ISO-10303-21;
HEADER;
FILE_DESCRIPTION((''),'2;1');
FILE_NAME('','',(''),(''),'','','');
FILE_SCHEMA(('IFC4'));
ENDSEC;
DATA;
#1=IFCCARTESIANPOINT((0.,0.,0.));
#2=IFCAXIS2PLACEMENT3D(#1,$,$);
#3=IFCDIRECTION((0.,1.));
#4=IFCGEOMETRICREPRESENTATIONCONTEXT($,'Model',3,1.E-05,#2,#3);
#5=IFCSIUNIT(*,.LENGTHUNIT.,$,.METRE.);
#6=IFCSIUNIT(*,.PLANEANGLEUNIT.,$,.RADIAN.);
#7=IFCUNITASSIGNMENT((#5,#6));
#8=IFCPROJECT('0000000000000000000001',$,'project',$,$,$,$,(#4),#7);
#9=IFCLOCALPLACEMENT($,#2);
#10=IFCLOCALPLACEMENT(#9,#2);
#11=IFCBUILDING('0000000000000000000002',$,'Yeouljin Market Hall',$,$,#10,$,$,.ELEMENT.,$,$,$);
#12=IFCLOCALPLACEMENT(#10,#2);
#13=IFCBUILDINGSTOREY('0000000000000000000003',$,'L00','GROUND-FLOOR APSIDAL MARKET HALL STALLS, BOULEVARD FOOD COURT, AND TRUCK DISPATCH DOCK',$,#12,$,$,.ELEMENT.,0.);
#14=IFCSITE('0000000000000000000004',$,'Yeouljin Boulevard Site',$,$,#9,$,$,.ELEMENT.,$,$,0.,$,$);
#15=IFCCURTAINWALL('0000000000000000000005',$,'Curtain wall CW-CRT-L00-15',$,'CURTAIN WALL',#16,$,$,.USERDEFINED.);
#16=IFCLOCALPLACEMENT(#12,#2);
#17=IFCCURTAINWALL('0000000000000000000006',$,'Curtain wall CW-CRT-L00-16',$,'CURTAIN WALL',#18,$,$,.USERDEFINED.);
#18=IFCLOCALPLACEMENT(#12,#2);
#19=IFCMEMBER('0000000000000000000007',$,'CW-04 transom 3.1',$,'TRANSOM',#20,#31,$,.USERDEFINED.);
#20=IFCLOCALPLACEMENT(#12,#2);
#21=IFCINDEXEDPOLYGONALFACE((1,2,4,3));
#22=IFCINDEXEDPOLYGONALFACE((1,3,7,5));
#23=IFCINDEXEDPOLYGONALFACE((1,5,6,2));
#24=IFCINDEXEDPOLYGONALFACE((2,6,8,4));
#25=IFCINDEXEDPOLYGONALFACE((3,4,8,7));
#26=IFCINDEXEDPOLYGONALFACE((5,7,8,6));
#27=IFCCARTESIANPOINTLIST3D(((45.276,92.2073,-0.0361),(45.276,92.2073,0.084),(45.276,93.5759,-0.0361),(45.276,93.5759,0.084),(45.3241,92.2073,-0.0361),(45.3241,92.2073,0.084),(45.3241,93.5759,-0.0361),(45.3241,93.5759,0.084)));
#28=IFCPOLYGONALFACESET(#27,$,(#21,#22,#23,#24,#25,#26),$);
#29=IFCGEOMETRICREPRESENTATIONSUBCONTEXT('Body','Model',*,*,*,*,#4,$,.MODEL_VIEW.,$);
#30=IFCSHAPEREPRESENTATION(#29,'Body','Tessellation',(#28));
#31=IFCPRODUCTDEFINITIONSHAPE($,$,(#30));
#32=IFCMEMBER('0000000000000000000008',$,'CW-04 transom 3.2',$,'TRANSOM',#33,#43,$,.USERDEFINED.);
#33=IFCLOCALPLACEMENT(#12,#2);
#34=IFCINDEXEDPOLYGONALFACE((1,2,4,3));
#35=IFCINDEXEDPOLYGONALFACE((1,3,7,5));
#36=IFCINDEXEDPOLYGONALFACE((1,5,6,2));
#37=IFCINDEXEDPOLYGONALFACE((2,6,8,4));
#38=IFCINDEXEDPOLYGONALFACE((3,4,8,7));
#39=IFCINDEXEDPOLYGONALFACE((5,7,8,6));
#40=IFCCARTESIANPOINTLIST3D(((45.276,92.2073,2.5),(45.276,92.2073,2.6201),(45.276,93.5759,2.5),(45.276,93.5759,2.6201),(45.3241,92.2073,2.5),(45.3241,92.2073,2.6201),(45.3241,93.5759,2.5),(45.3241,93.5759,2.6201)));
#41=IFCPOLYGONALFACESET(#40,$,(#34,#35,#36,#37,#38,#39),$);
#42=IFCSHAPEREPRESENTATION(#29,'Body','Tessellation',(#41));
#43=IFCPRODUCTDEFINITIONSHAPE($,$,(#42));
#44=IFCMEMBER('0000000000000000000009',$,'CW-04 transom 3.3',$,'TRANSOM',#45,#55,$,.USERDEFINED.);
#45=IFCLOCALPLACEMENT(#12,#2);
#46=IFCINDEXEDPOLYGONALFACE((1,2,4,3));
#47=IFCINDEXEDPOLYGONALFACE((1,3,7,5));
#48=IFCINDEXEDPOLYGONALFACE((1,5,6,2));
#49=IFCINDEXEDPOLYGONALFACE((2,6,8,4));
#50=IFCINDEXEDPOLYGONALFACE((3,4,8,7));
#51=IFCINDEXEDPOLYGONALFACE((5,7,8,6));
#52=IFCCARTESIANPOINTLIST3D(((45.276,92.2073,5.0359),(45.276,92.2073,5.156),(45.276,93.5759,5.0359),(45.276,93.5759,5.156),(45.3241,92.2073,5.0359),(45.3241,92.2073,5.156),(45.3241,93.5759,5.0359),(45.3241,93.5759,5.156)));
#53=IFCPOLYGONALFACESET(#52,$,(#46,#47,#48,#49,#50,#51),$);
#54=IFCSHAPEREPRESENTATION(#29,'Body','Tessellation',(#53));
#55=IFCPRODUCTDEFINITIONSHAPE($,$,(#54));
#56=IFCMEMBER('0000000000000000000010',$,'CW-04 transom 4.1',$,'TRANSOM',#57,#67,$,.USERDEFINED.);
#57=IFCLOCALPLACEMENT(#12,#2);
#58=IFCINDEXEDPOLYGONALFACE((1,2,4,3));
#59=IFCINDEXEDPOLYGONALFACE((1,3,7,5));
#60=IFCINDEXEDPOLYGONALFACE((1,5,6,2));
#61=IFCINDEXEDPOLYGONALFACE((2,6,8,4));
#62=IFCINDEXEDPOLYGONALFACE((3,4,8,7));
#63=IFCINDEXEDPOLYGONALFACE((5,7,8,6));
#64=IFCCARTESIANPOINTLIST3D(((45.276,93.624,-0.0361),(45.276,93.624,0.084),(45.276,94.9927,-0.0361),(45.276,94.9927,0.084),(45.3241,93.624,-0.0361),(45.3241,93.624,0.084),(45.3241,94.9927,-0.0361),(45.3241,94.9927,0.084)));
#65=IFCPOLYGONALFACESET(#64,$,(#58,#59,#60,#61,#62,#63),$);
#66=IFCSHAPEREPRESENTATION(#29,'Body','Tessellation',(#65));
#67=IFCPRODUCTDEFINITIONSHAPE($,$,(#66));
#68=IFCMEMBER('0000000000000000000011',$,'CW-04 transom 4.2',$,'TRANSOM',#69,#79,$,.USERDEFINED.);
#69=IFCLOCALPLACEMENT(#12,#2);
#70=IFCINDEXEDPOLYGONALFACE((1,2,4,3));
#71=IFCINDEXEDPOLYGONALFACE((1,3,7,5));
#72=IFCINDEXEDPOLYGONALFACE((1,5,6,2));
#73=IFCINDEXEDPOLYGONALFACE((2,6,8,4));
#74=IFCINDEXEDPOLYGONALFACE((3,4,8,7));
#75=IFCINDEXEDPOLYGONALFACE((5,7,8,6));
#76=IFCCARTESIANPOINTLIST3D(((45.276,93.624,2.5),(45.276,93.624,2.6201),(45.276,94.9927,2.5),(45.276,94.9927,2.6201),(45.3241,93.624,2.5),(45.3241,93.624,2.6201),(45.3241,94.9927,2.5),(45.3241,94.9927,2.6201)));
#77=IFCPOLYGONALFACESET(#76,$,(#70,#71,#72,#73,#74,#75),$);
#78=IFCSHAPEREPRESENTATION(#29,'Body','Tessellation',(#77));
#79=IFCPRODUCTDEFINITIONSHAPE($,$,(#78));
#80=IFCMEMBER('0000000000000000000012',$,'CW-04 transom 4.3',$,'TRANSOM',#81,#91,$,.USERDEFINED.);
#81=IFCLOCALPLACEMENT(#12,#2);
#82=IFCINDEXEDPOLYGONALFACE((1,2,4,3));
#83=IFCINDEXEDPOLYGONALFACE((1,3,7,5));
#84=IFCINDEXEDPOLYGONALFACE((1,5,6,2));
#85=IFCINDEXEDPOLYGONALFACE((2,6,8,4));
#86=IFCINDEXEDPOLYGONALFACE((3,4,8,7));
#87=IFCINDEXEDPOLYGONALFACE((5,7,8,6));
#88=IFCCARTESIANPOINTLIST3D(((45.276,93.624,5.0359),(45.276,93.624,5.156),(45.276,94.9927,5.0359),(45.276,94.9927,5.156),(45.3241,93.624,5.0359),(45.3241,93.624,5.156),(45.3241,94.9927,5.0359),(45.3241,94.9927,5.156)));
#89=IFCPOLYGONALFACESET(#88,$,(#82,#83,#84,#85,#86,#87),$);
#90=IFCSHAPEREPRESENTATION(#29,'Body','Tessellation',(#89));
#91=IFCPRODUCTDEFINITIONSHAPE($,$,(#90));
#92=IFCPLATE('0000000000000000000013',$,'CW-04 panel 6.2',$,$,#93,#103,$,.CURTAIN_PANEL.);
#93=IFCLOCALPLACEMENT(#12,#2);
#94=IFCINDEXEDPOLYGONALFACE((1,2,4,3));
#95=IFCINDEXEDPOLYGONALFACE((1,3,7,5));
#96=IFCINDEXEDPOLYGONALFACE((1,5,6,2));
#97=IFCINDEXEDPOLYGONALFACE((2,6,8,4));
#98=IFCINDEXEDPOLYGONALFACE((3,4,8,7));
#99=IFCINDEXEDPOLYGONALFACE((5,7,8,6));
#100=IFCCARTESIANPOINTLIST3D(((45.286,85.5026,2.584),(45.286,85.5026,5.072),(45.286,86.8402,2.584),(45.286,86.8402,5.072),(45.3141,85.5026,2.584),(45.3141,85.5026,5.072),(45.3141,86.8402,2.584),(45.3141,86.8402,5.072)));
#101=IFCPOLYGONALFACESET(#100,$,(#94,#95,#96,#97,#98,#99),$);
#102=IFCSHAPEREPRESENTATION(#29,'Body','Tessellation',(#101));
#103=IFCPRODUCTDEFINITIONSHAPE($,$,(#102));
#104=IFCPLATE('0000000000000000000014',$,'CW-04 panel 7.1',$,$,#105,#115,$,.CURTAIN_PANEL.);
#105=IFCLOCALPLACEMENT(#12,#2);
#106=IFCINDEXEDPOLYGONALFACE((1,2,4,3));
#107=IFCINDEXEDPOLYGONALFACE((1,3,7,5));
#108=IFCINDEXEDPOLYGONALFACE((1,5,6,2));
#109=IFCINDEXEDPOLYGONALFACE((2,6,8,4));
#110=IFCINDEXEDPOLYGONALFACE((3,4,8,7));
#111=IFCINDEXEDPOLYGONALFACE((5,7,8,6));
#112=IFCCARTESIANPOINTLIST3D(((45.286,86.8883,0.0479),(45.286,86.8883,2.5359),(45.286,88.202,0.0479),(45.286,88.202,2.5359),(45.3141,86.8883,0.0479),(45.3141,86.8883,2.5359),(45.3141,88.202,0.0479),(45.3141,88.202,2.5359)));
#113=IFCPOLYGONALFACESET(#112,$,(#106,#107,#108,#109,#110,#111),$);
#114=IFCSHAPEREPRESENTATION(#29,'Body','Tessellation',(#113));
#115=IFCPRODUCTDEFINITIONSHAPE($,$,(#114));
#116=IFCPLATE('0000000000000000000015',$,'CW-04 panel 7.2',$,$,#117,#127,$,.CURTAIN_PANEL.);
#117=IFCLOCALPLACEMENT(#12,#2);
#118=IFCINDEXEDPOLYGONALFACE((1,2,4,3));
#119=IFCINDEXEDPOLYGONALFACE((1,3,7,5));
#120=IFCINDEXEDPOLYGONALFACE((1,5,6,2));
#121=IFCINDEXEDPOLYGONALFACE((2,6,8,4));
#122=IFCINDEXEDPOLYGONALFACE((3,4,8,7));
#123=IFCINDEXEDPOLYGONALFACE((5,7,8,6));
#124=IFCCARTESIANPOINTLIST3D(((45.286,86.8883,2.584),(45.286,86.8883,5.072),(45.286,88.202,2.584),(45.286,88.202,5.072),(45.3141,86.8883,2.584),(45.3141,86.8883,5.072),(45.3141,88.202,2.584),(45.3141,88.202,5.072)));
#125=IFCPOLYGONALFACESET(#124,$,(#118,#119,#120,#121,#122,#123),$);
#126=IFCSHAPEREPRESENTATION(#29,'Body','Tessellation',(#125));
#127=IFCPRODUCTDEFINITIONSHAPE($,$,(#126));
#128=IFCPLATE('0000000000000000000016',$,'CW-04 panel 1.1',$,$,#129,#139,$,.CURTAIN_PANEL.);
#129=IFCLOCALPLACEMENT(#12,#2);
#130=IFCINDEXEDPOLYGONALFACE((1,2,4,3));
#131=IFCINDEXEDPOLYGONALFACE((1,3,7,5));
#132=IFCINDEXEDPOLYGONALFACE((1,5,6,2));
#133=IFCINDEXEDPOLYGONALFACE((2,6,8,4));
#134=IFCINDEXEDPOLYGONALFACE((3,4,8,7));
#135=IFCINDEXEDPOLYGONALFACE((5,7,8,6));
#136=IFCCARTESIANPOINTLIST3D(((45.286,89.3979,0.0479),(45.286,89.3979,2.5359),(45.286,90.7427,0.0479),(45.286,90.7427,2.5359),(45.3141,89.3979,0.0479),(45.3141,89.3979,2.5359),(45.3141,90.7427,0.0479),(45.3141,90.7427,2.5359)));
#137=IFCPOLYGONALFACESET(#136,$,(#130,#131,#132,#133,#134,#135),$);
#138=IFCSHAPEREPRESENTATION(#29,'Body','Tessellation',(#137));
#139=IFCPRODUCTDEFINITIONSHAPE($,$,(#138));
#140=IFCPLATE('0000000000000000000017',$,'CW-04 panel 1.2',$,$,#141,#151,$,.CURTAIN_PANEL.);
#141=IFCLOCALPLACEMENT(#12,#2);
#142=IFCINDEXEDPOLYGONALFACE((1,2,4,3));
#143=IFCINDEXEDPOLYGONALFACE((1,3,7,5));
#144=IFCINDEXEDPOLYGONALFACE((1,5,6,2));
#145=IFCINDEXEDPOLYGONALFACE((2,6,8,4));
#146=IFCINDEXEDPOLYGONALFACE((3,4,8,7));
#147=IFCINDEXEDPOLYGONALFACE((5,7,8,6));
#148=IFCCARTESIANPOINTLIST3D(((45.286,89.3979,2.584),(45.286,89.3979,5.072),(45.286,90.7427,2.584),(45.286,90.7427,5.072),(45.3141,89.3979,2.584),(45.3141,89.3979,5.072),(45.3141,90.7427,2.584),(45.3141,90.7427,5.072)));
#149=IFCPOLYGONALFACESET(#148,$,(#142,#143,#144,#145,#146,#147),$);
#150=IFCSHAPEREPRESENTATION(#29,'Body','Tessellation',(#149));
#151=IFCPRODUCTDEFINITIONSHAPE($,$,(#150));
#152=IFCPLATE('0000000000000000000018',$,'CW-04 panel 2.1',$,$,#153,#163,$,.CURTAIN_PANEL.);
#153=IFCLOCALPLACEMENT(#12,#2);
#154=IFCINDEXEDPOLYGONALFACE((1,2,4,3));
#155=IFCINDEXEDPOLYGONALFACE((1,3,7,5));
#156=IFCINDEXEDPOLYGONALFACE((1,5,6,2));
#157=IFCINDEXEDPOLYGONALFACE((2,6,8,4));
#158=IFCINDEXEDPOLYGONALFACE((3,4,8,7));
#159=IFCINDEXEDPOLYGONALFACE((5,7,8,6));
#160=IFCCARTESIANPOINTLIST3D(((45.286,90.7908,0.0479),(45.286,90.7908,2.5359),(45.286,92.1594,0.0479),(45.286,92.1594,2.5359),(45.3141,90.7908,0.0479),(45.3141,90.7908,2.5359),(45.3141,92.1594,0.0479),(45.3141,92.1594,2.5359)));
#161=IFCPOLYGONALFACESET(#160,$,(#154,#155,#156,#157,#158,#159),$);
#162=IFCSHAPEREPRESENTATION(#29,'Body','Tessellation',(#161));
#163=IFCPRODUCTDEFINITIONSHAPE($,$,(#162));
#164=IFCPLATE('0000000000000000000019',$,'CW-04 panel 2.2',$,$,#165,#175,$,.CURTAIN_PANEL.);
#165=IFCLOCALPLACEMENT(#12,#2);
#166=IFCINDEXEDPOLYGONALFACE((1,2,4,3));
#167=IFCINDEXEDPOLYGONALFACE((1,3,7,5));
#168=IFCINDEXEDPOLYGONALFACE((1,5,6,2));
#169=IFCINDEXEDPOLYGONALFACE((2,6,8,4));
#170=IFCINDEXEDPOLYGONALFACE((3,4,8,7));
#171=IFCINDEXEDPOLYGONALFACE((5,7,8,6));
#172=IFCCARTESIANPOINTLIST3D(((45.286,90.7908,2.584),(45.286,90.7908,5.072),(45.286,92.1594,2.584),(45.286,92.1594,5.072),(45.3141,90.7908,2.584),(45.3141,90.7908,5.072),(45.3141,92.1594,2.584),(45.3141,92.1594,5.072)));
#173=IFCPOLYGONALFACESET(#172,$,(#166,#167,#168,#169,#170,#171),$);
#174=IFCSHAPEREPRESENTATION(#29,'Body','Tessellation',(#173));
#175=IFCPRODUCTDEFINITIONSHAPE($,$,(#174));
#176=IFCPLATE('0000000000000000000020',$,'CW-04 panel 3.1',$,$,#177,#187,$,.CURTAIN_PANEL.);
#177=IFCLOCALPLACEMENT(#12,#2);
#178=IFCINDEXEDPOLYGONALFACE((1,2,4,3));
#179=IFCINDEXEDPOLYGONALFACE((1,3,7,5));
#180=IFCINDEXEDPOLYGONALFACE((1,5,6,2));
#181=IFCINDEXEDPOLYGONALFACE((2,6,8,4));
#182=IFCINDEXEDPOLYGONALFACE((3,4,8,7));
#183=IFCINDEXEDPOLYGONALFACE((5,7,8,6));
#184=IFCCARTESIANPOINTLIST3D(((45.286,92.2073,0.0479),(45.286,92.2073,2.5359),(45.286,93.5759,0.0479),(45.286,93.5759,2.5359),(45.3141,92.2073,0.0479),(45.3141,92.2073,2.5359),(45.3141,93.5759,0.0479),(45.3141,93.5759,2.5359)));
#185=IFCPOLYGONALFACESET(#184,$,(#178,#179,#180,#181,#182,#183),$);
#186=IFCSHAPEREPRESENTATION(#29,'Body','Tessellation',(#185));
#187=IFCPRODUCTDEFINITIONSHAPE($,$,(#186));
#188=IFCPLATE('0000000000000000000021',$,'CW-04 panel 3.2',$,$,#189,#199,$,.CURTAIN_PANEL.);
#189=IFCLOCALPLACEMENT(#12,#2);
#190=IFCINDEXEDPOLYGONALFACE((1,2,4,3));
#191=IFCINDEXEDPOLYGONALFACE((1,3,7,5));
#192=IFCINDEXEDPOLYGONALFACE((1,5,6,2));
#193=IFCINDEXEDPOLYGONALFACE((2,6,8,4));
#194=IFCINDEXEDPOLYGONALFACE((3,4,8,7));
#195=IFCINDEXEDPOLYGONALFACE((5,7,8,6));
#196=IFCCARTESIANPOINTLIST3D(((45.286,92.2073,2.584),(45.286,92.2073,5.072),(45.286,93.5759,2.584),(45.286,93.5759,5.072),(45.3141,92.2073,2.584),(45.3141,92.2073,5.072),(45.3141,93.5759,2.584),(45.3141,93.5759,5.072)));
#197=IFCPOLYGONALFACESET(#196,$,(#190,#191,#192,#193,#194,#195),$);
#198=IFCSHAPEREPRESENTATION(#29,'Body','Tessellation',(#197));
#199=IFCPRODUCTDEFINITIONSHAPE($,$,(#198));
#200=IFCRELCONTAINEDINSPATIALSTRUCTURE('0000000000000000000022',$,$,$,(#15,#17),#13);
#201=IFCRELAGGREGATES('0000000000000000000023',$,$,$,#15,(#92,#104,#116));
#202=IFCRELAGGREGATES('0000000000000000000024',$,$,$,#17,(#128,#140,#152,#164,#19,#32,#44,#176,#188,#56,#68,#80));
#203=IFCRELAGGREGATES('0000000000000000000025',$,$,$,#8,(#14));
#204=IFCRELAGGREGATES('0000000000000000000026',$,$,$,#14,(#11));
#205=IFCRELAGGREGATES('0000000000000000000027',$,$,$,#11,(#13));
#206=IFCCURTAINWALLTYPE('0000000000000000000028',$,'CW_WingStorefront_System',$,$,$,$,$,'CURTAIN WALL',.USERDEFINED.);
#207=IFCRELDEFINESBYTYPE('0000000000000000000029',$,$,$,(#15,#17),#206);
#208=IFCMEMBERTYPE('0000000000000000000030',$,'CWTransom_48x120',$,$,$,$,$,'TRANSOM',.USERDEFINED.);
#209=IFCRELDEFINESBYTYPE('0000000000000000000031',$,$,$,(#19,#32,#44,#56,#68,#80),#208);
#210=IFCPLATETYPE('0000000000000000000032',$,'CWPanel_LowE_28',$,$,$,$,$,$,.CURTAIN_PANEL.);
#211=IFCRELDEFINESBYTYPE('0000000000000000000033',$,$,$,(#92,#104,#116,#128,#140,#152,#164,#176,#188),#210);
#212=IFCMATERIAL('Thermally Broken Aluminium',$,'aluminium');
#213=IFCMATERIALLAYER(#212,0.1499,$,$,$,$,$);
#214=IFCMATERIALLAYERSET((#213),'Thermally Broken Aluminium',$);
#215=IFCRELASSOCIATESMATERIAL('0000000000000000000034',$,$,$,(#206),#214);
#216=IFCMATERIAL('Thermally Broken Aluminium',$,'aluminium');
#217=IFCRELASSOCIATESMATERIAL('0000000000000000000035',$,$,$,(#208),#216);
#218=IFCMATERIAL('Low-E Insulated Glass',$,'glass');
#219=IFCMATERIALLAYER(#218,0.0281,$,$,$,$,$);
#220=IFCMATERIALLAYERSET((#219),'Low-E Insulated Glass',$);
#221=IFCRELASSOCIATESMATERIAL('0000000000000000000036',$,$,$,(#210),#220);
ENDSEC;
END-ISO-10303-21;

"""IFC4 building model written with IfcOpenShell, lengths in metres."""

from ifc_helpers import new_model, si_unit, direction, frame, origin, origin_2d, place, context, subcontext, project, spatial, rectangle, extrude, material, layer, layer_set, material_profile, profile_set, type_object, element, aggregate, save


model = new_model("IFC4")

# Units and contexts
model_context = context("Model", 3, precision=1e-05, world=origin(), true_north=direction((0.0, 1.0)))
body_context = subcontext(model_context, "Body", "Model", "MODEL_VIEW")
ifc_project = project(units=[si_unit("LENGTHUNIT", "METRE"), si_unit("PLANEANGLEUNIT", "RADIAN")], contexts=[model_context])

# Site, building, storey
site_placement = place(None, origin())
site = spatial("IfcSite", under=ifc_project, at=site_placement, Name="Yeouljin Boulevard Site", CompositionType="ELEMENT", RefElevation=0.0)
building_placement = place(site_placement, origin())
building = spatial("IfcBuilding", under=site, at=building_placement, Name="Yeouljin Market Hall", CompositionType="ELEMENT")
storey_placement = place(building_placement, origin())
storey = spatial("IfcBuildingStorey", under=building, at=storey_placement, Name="L00", Description="GROUND-FLOOR APSIDAL MARKET HALL STALLS, BOULEVARD FOOD COURT, AND TRUCK DISPATCH DOCK", CompositionType="ELEMENT", Elevation=0.0)

# Curtain walls
ifc_material_1 = material(Name="Thermally Broken Aluminium", Category="aluminium")
ifc_layer_1 = layer(ifc_material_1, 0.1499)
ifc_layer_set_1 = layer_set([ifc_layer_1], Name="Thermally Broken Aluminium")
curtain_wall_type = type_object("IfcCurtainWallType", Name="CW_WingStorefront_System", ElementType="CURTAIN WALL", PredefinedType="USERDEFINED", material=ifc_layer_set_1)
curtain_wall_1_placement = place(storey_placement, origin())
curtain_wall_1 = element("IfcCurtainWall", 1, at=curtain_wall_1_placement, inside=storey, type_object=curtain_wall_type, Name="Curtain wall CW-CRT-L00-15", ObjectType="CURTAIN WALL", PredefinedType="USERDEFINED")
curtain_wall_2_placement = place(storey_placement, origin())
curtain_wall_2 = element("IfcCurtainWall", 2, at=curtain_wall_2_placement, inside=storey, type_object=curtain_wall_type, Name="Curtain wall CW-CRT-L00-16", ObjectType="CURTAIN WALL", PredefinedType="USERDEFINED")

# Members
ifc_material_2 = material(Name="Thermally Broken Aluminium", Category="aluminium")
ifc_material_profile_1 = material_profile(ifc_material_2, rectangle(XDim=0.0481, YDim=0.1201, at=origin_2d()), Name="CW-TRAN-48x120")
ifc_profile_set_1 = profile_set([ifc_material_profile_1], Name="Thermally Broken Aluminium")
member_type_1 = type_object("IfcMemberType", Name="CWTransom_48x120", ElementType="TRANSOM", PredefinedType="USERDEFINED", material=ifc_profile_set_1)
member_1_placement = place(storey_placement, frame((45.3, 92.2073, 0.0239), z_axis=(0.0, 1.0, 0.0), x_axis=(-1.0, 0.0, 0.0)))
member_1 = element("IfcMember", 3, at=member_1_placement, type_object=member_type_1, Name="CW-04 transom 3.1", ObjectType="TRANSOM", PredefinedType="USERDEFINED", context=body_context, shape_type="SweptSolid", body=[
    extrude(rectangle(XDim=0.0481, YDim=0.1201, at=origin_2d()), origin(), (0.0, 0.0, 1.0), 1.3687),
])
member_2_placement = place(storey_placement, frame((45.3, 92.2073, 2.5601), z_axis=(0.0, 1.0, 0.0), x_axis=(-1.0, 0.0, 0.0)))
member_2 = element("IfcMember", 4, at=member_2_placement, type_object=member_type_1, Name="CW-04 transom 3.2", ObjectType="TRANSOM", PredefinedType="USERDEFINED", context=body_context, shape_type="SweptSolid", body=[
    extrude(rectangle(XDim=0.0481, YDim=0.1201, at=origin_2d()), origin(), (0.0, 0.0, 1.0), 1.3687),
])
member_3_placement = place(storey_placement, frame((45.3, 92.2073, 5.0959), z_axis=(0.0, 1.0, 0.0), x_axis=(-1.0, 0.0, 0.0)))
member_3 = element("IfcMember", 5, at=member_3_placement, type_object=member_type_1, Name="CW-04 transom 3.3", ObjectType="TRANSOM", PredefinedType="USERDEFINED", context=body_context, shape_type="SweptSolid", body=[
    extrude(rectangle(XDim=0.0481, YDim=0.1201, at=origin_2d()), origin(), (0.0, 0.0, 1.0), 1.3687),
])
member_4_placement = place(storey_placement, frame((45.3, 93.624, 0.0239), z_axis=(0.0, 1.0, 0.0), x_axis=(-1.0, 0.0, 0.0)))
member_4 = element("IfcMember", 6, at=member_4_placement, type_object=member_type_1, Name="CW-04 transom 4.1", ObjectType="TRANSOM", PredefinedType="USERDEFINED", context=body_context, shape_type="SweptSolid", body=[
    extrude(rectangle(XDim=0.0481, YDim=0.1201, at=origin_2d()), origin(), (0.0, 0.0, 1.0), 1.3687),
])
member_5_placement = place(storey_placement, frame((45.3, 93.624, 2.5601), z_axis=(0.0, 1.0, 0.0), x_axis=(-1.0, 0.0, 0.0)))
member_5 = element("IfcMember", 7, at=member_5_placement, type_object=member_type_1, Name="CW-04 transom 4.2", ObjectType="TRANSOM", PredefinedType="USERDEFINED", context=body_context, shape_type="SweptSolid", body=[
    extrude(rectangle(XDim=0.0481, YDim=0.1201, at=origin_2d()), origin(), (0.0, 0.0, 1.0), 1.3687),
])
member_6_placement = place(storey_placement, frame((45.3, 93.624, 5.0959), z_axis=(0.0, 1.0, 0.0), x_axis=(-1.0, 0.0, 0.0)))
member_6 = element("IfcMember", 8, at=member_6_placement, type_object=member_type_1, Name="CW-04 transom 4.3", ObjectType="TRANSOM", PredefinedType="USERDEFINED", context=body_context, shape_type="SweptSolid", body=[
    extrude(rectangle(XDim=0.0481, YDim=0.1201, at=origin_2d()), origin(), (0.0, 0.0, 1.0), 1.3687),
])

# Plates
ifc_material_3 = material(Name="Low-E Insulated Glass", Category="glass")
ifc_layer_2 = layer(ifc_material_3, 0.0281)
ifc_layer_set_2 = layer_set([ifc_layer_2], Name="Low-E Insulated Glass")
plate_type = type_object("IfcPlateType", Name="CWPanel_LowE_28", PredefinedType="CURTAIN_PANEL", material=ifc_layer_set_2)
plate_1_placement = place(storey_placement, frame((45.3, 86.1714, 2.584), z_axis=(0.0, 0.0, 1.0), x_axis=(0.0, 1.0, 0.0)))
plate_1 = element("IfcPlate", 9, at=plate_1_placement, type_object=plate_type, Name="CW-04 panel 6.2", PredefinedType="CURTAIN_PANEL", context=body_context, shape_type="SweptSolid", body=[
    extrude(rectangle(XDim=1.3376, YDim=0.0281, at=origin_2d()), origin(), (0.0, 0.0, 1.0), 2.488),
])
plate_2_placement = place(storey_placement, frame((45.3, 87.5452, 0.0479), z_axis=(0.0, 0.0, 1.0), x_axis=(0.0, 1.0, 0.0)))
plate_2 = element("IfcPlate", 10, at=plate_2_placement, type_object=plate_type, Name="CW-04 panel 7.1", PredefinedType="CURTAIN_PANEL", context=body_context, shape_type="SweptSolid", body=[
    extrude(rectangle(XDim=1.3137, YDim=0.0281, at=origin_2d()), origin(), (0.0, 0.0, 1.0), 2.488),
])
plate_3_placement = place(storey_placement, frame((45.3, 87.5452, 2.584), z_axis=(0.0, 0.0, 1.0), x_axis=(0.0, 1.0, 0.0)))
plate_3 = element("IfcPlate", 11, at=plate_3_placement, type_object=plate_type, Name="CW-04 panel 7.2", PredefinedType="CURTAIN_PANEL", context=body_context, shape_type="SweptSolid", body=[
    extrude(rectangle(XDim=1.3137, YDim=0.0281, at=origin_2d()), origin(), (0.0, 0.0, 1.0), 2.488),
])
aggregate(curtain_wall_1, [plate_1, plate_2, plate_3])
plate_4_placement = place(storey_placement, frame((45.3, 90.0703, 0.0479), z_axis=(0.0, 0.0, 1.0), x_axis=(0.0, 1.0, 0.0)))
plate_4 = element("IfcPlate", 12, at=plate_4_placement, type_object=plate_type, Name="CW-04 panel 1.1", PredefinedType="CURTAIN_PANEL", context=body_context, shape_type="SweptSolid", body=[
    extrude(rectangle(XDim=1.3447, YDim=0.0281, at=origin_2d()), origin(), (0.0, 0.0, 1.0), 2.488),
])
plate_5_placement = place(storey_placement, frame((45.3, 90.0703, 2.584), z_axis=(0.0, 0.0, 1.0), x_axis=(0.0, 1.0, 0.0)))
plate_5 = element("IfcPlate", 13, at=plate_5_placement, type_object=plate_type, Name="CW-04 panel 1.2", PredefinedType="CURTAIN_PANEL", context=body_context, shape_type="SweptSolid", body=[
    extrude(rectangle(XDim=1.3447, YDim=0.0281, at=origin_2d()), origin(), (0.0, 0.0, 1.0), 2.488),
])
plate_6_placement = place(storey_placement, frame((45.3, 91.4751, 0.0479), z_axis=(0.0, 0.0, 1.0), x_axis=(0.0, 1.0, 0.0)))
plate_6 = element("IfcPlate", 14, at=plate_6_placement, type_object=plate_type, Name="CW-04 panel 2.1", PredefinedType="CURTAIN_PANEL", context=body_context, shape_type="SweptSolid", body=[
    extrude(rectangle(XDim=1.3687, YDim=0.0281, at=origin_2d()), origin(), (0.0, 0.0, 1.0), 2.488),
])
plate_7_placement = place(storey_placement, frame((45.3, 91.4751, 2.584), z_axis=(0.0, 0.0, 1.0), x_axis=(0.0, 1.0, 0.0)))
plate_7 = element("IfcPlate", 15, at=plate_7_placement, type_object=plate_type, Name="CW-04 panel 2.2", PredefinedType="CURTAIN_PANEL", context=body_context, shape_type="SweptSolid", body=[
    extrude(rectangle(XDim=1.3687, YDim=0.0281, at=origin_2d()), origin(), (0.0, 0.0, 1.0), 2.488),
])
plate_8_placement = place(storey_placement, frame((45.3, 92.8916, 0.0479), z_axis=(0.0, 0.0, 1.0), x_axis=(0.0, 1.0, 0.0)))
plate_8 = element("IfcPlate", 16, at=plate_8_placement, type_object=plate_type, Name="CW-04 panel 3.1", PredefinedType="CURTAIN_PANEL", context=body_context, shape_type="SweptSolid", body=[
    extrude(rectangle(XDim=1.3687, YDim=0.0281, at=origin_2d()), origin(), (0.0, 0.0, 1.0), 2.488),
])
plate_9_placement = place(storey_placement, frame((45.3, 92.8916, 2.584), z_axis=(0.0, 0.0, 1.0), x_axis=(0.0, 1.0, 0.0)))
plate_9 = element("IfcPlate", 17, at=plate_9_placement, type_object=plate_type, Name="CW-04 panel 3.2", PredefinedType="CURTAIN_PANEL", context=body_context, shape_type="SweptSolid", body=[
    extrude(rectangle(XDim=1.3687, YDim=0.0281, at=origin_2d()), origin(), (0.0, 0.0, 1.0), 2.488),
])
aggregate(curtain_wall_2, [plate_4, plate_5, plate_6, plate_7, member_1, member_2, member_3, plate_8, plate_9, member_4, member_5, member_6])

save(model, "model.ifc")
